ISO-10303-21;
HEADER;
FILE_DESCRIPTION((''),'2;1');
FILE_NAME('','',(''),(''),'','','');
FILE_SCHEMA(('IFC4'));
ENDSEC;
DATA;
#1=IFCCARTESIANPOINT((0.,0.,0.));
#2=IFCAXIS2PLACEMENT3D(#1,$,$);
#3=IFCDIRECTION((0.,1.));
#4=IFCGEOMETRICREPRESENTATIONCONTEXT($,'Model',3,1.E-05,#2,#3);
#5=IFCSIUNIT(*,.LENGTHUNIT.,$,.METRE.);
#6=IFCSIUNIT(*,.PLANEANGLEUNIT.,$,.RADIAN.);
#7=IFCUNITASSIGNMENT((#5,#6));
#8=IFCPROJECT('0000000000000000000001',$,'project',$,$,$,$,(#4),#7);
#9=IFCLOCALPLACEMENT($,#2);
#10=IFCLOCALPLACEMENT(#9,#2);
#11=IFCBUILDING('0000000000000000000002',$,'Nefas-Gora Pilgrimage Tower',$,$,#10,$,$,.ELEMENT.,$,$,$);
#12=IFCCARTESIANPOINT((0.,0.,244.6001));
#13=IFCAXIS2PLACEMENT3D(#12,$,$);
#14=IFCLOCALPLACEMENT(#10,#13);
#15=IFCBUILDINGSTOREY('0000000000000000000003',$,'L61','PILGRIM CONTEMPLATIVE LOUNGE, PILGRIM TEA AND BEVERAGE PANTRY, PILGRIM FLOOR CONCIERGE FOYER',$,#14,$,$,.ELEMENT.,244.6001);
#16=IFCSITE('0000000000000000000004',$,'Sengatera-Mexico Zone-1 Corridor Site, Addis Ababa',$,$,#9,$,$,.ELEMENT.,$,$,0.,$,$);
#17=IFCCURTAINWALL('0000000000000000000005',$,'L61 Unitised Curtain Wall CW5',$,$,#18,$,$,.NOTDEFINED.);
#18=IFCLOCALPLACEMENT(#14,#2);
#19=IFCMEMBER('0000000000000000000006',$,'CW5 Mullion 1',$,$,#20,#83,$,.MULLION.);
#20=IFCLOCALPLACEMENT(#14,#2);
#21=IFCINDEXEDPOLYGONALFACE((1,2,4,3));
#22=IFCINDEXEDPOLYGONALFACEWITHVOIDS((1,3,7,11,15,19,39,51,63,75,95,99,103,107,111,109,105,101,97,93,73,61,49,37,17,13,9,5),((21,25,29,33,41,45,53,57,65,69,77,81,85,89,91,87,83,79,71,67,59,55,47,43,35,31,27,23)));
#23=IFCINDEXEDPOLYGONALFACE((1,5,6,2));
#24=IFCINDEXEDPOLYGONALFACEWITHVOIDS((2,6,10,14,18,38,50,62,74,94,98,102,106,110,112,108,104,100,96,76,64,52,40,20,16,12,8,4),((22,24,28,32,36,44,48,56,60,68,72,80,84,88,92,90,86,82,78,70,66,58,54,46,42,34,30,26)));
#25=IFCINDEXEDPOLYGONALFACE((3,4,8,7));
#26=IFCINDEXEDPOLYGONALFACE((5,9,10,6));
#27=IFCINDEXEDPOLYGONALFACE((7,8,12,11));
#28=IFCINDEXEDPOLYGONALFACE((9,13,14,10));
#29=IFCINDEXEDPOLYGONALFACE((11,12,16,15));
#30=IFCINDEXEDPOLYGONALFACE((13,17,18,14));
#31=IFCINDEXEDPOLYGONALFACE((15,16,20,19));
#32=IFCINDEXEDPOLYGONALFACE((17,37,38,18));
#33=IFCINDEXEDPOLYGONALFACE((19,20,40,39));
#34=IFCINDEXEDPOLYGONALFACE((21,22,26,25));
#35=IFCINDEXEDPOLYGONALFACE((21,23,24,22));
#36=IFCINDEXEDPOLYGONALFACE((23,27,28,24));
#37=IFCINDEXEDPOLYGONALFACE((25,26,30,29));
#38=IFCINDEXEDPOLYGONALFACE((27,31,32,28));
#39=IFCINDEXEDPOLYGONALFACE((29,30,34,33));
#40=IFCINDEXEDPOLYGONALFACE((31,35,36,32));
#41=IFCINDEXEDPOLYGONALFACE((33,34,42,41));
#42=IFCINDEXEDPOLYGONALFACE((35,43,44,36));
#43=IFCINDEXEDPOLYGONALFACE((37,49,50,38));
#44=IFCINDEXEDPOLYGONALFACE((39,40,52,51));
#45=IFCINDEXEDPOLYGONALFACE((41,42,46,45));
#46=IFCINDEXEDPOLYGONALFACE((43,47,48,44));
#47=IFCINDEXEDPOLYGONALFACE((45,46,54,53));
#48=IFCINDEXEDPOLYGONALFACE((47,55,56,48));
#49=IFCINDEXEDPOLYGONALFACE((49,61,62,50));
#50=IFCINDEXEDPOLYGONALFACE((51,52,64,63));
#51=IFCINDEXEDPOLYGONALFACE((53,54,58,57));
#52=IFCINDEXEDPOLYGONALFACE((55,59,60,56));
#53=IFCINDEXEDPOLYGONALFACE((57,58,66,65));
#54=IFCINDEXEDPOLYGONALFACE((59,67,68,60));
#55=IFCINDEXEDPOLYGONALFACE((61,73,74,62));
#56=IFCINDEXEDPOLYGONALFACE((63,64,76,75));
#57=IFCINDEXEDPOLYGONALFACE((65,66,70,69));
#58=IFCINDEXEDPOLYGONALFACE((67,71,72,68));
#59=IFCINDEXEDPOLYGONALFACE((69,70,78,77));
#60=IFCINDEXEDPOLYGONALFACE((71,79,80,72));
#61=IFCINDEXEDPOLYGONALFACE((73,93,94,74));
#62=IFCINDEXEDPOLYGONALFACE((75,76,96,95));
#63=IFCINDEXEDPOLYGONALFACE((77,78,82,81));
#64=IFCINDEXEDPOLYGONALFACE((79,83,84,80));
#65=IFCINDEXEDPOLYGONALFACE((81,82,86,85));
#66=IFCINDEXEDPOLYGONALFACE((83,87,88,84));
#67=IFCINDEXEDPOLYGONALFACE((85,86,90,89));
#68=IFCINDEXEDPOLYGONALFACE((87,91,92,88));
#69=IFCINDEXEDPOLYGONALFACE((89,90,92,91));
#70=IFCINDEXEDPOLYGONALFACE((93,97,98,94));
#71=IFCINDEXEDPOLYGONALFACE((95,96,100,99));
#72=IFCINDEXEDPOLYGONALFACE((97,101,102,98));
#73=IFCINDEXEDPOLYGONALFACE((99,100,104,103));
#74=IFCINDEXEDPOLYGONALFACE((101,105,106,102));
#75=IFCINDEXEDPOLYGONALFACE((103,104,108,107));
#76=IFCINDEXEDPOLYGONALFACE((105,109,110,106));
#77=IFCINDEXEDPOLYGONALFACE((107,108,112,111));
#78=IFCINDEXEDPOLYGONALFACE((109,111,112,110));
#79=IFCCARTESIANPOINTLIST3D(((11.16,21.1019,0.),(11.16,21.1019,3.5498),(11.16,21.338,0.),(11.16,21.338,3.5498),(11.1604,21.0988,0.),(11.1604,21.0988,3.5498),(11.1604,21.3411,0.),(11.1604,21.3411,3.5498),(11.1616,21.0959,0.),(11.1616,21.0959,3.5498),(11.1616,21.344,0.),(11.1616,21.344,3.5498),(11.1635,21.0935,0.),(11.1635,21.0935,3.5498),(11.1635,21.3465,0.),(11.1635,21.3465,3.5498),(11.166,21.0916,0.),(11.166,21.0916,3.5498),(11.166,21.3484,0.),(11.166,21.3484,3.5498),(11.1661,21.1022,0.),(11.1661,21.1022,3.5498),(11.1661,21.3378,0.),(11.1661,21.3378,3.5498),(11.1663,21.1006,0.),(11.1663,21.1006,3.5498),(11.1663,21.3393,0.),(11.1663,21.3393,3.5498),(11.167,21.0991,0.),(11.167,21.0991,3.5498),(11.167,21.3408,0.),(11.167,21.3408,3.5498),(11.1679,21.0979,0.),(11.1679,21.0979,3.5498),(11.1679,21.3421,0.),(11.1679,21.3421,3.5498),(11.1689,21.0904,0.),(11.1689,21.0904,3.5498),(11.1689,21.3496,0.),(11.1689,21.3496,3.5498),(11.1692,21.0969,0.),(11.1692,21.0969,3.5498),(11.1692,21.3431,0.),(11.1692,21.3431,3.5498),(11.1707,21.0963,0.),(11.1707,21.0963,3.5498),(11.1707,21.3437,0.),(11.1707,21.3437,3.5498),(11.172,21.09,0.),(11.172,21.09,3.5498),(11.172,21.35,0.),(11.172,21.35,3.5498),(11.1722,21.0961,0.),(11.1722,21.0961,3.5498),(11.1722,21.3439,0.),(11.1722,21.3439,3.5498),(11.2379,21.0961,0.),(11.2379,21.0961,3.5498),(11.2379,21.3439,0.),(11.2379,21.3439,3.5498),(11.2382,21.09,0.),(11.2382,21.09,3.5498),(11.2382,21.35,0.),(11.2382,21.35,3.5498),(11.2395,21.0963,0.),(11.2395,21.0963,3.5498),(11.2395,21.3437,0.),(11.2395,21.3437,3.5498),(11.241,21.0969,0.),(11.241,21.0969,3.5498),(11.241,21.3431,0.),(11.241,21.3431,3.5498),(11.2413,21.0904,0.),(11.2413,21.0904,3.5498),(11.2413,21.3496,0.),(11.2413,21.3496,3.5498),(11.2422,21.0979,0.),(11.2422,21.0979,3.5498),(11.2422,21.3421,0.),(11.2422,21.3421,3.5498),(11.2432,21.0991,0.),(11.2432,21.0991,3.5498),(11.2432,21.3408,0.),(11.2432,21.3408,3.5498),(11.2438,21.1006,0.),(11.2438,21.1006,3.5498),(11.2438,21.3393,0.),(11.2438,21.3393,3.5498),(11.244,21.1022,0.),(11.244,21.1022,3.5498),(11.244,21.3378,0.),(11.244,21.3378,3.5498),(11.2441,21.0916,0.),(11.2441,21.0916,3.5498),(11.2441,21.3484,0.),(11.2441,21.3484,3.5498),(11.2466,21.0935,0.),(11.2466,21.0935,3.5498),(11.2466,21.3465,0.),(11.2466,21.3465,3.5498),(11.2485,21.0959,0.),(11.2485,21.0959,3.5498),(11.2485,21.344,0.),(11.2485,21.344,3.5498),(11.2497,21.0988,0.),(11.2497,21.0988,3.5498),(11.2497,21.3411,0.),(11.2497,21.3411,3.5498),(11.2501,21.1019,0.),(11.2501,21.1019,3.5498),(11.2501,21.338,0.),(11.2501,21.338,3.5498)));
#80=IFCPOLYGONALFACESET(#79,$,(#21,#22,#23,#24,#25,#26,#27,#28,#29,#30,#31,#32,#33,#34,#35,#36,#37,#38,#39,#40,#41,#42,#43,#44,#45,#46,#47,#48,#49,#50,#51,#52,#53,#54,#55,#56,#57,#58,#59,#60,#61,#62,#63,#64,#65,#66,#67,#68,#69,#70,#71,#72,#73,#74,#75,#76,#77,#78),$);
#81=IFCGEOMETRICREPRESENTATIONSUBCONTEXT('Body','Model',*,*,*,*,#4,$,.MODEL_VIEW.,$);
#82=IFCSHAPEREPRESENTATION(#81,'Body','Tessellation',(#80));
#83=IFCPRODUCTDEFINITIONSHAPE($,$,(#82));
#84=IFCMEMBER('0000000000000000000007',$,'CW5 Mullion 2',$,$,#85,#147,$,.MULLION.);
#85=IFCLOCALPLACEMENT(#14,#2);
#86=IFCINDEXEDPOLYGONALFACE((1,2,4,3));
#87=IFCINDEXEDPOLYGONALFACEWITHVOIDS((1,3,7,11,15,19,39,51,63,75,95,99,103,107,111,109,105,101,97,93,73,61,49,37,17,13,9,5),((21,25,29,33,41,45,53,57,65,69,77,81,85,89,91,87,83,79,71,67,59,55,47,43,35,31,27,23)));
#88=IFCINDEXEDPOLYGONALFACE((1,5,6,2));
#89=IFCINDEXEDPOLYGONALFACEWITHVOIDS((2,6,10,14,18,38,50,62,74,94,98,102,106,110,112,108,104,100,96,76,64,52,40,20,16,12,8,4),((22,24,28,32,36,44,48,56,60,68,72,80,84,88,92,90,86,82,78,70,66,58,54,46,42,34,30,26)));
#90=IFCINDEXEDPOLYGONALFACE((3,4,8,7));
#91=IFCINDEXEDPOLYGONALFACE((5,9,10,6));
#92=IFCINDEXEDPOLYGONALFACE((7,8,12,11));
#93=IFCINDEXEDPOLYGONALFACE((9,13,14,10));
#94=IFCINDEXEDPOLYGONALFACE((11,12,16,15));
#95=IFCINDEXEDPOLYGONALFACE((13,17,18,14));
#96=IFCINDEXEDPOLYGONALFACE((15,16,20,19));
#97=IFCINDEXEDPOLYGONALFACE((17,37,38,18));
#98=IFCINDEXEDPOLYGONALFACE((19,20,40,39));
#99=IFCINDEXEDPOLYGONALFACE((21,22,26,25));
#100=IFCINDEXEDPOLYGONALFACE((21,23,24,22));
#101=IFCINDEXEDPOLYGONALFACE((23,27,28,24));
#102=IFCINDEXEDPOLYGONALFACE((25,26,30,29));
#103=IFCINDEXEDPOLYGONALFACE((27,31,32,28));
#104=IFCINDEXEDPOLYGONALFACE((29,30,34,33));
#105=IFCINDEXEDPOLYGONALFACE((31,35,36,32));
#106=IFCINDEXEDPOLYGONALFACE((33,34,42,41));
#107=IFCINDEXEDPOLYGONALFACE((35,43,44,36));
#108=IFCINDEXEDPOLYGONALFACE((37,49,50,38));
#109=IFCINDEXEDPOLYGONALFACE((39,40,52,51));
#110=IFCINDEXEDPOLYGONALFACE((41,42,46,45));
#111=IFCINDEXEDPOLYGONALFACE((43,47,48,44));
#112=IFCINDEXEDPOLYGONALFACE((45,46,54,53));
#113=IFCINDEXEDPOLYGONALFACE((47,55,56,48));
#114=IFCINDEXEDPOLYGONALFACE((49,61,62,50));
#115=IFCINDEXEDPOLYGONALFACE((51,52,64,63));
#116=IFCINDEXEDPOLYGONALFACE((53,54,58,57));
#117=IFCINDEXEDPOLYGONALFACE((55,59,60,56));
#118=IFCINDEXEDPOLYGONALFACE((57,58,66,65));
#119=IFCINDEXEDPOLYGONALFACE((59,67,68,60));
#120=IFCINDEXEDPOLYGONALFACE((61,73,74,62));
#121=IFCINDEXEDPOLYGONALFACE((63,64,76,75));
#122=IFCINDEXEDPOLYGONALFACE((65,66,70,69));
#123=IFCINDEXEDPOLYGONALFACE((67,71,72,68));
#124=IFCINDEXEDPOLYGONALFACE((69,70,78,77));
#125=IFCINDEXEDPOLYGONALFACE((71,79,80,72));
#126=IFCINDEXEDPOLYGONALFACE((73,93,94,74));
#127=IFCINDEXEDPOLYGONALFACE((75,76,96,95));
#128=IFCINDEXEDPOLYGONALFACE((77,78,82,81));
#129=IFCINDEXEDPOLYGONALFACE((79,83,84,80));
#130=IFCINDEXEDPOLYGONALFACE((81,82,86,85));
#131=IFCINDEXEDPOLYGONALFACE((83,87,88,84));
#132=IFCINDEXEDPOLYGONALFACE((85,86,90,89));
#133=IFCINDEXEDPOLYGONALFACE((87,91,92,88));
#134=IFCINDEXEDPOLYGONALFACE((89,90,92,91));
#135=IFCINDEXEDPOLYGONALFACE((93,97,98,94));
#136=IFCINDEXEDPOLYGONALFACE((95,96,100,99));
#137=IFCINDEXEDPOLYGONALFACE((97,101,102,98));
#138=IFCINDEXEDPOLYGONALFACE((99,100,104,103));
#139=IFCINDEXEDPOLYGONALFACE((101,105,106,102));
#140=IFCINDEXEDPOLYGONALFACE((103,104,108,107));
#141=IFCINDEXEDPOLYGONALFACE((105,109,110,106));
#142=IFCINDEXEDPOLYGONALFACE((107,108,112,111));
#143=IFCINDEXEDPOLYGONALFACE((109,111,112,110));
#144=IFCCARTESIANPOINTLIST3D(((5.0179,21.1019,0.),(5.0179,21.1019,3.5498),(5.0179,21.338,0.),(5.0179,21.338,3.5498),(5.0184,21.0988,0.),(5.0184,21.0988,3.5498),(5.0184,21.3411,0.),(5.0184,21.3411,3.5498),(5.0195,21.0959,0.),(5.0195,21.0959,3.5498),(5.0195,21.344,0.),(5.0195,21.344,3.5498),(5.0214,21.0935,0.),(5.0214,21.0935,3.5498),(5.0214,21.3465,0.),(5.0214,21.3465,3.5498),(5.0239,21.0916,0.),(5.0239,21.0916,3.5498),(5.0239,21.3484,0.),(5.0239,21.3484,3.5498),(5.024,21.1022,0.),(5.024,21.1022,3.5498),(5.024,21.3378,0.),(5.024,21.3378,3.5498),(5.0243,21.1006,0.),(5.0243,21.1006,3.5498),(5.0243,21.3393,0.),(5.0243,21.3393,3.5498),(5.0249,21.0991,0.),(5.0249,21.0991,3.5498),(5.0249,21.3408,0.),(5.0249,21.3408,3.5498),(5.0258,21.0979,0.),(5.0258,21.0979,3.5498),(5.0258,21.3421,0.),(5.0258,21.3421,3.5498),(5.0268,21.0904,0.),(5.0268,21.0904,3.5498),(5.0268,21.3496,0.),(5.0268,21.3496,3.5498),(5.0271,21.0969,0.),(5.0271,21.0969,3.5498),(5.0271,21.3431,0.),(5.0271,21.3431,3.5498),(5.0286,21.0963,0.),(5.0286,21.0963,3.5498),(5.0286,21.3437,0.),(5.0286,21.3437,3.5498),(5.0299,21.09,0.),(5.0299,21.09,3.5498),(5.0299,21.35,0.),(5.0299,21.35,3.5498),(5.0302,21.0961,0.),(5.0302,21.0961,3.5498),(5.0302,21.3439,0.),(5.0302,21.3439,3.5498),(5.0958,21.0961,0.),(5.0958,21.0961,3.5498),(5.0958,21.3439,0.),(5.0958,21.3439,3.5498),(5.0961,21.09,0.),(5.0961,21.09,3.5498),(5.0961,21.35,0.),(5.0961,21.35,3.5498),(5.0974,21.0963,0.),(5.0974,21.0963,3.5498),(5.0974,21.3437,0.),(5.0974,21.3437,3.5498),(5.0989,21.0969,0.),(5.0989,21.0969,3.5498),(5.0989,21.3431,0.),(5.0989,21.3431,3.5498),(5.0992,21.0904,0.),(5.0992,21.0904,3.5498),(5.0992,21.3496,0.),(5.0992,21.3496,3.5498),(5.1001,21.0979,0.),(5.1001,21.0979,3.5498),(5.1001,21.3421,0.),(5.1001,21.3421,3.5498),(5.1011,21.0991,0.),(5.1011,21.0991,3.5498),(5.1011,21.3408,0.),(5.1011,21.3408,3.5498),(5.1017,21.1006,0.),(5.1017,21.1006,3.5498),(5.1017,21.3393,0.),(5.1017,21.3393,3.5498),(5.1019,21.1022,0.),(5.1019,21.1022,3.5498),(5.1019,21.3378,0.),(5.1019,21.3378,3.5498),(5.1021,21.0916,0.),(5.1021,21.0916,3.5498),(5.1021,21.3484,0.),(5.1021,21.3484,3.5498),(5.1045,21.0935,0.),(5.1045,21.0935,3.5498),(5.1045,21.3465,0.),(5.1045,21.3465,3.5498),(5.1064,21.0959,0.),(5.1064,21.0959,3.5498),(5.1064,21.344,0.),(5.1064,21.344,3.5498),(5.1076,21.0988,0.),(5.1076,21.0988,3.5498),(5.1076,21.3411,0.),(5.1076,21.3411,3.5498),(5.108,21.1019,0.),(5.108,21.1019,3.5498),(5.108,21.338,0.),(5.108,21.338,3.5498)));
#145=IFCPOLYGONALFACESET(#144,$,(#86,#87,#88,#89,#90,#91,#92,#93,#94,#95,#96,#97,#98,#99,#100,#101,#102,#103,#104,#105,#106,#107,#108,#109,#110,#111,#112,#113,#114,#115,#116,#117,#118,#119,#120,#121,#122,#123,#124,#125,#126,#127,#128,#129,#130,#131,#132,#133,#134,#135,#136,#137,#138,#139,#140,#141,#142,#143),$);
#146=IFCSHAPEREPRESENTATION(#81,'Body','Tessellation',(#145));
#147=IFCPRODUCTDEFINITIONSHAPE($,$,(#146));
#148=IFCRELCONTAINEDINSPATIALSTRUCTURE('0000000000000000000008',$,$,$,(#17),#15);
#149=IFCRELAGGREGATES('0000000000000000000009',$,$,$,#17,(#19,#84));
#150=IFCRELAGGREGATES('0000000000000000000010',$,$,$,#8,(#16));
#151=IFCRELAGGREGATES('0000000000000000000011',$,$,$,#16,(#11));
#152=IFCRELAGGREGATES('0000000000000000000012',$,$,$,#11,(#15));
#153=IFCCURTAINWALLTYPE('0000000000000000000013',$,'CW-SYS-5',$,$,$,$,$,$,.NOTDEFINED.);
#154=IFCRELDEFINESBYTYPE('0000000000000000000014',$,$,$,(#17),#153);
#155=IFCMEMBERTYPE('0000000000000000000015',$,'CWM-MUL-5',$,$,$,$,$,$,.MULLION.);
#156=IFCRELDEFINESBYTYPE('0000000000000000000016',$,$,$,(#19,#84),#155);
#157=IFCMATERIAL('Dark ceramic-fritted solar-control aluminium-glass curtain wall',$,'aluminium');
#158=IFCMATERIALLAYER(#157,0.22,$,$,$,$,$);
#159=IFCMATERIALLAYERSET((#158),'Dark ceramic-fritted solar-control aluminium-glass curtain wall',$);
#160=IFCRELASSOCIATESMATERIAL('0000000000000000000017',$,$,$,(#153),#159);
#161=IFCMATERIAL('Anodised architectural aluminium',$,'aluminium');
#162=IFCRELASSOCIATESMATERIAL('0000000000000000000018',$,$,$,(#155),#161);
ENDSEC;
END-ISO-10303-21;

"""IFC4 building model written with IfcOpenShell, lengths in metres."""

from ifc_helpers import new_model, si_unit, direction, frame, origin, origin_2d, place, context, subcontext, project, spatial, hollow_rectangle, extrude, source, transform, mapped, material, layer, layer_set, material_profile, profile_set, type_object, element, aggregate, save


model = new_model("IFC4")

# Units and contexts
model_context = context("Model", 3, precision=1e-05, world=origin(), true_north=direction((0.0, 1.0)))
body_context = subcontext(model_context, "Body", "Model", "MODEL_VIEW")
ifc_project = project(units=[si_unit("LENGTHUNIT", "METRE"), si_unit("PLANEANGLEUNIT", "RADIAN")], contexts=[model_context])

# Site, building, storey
site_placement = place(None, origin())
site = spatial("IfcSite", under=ifc_project, at=site_placement, Name="Sengatera-Mexico Zone-1 Corridor Site, Addis Ababa", CompositionType="ELEMENT", RefElevation=0.0)
building_placement = place(site_placement, origin())
building = spatial("IfcBuilding", under=site, at=building_placement, Name="Nefas-Gora Pilgrimage Tower", CompositionType="ELEMENT")
storey_placement = place(building_placement, frame((0.0, 0.0, 244.6001)))
storey = spatial("IfcBuildingStorey", under=building, at=storey_placement, Name="L61", Description="PILGRIM CONTEMPLATIVE LOUNGE, PILGRIM TEA AND BEVERAGE PANTRY, PILGRIM FLOOR CONCIERGE FOYER", CompositionType="ELEMENT", Elevation=244.6001)

# Curtain wall
ifc_material_1 = material(Name="Dark ceramic-fritted solar-control aluminium-glass curtain wall", Category="aluminium")
ifc_layer_1 = layer(ifc_material_1, 0.22)
ifc_layer_set_1 = layer_set([ifc_layer_1], Name="Dark ceramic-fritted solar-control aluminium-glass curtain wall")
curtain_wall_type_1 = type_object("IfcCurtainWallType", Name="CW-SYS-5", PredefinedType="NOTDEFINED", material=ifc_layer_set_1)
curtain_wall_1_placement = place(storey_placement, origin())
curtain_wall_1 = element("IfcCurtainWall", 1, at=curtain_wall_1_placement, inside=storey, type_object=curtain_wall_type_1, Name="L61 Unitised Curtain Wall CW5", PredefinedType="NOTDEFINED")
ifc_material_2 = material(Name="Anodised architectural aluminium", Category="aluminium")

# Members
ifc_material_profile_1 = material_profile(ifc_material_2, hollow_rectangle(XDim=0.0901, YDim=0.26, WallThickness=0.0061, InnerFilletRadius=0.0061, OuterFilletRadius=0.012, at=origin_2d()), Name="ALU MULLION 90x260")
ifc_profile_set_1 = profile_set([ifc_material_profile_1], Name="Anodised architectural aluminium")
member_type_1 = type_object("IfcMemberType", Name="CWM-MUL-5", PredefinedType="MULLION", material=ifc_profile_set_1)
shared_shape_1 = source(origin(), body_context, "Body", "SweptSolid", [
    extrude(hollow_rectangle(XDim=0.0901, YDim=0.26, WallThickness=0.0061, InnerFilletRadius=0.0061, OuterFilletRadius=0.012, at=origin_2d()), origin(), (0.0, 0.0, 1.0), 3.5498),
])
member_1_placement = place(storey_placement, frame((11.2051, 21.22, 0.0), z_axis=(0.0, 0.0, 1.0), x_axis=(-1.0, 0.0, 0.0)))
member_1 = element("IfcMember", 2, at=member_1_placement, type_object=member_type_1, Name="CW5 Mullion 1", PredefinedType="MULLION", context=body_context, shape_type="MappedRepresentation", body=[
    mapped(shared_shape_1, transform((0.0, 0.0, 0.0), x_axis=(1.0, 0.0, 0.0), y_axis=(0.0, 1.0, 0.0), z_axis=(0.0, 0.0, 1.0), scale=1.0)),
])
member_2_placement = place(storey_placement, frame((5.063, 21.22, 0.0), z_axis=(0.0, 0.0, 1.0), x_axis=(-1.0, 0.0, 0.0)))
member_2 = element("IfcMember", 3, at=member_2_placement, type_object=member_type_1, Name="CW5 Mullion 2", PredefinedType="MULLION", context=body_context, shape_type="MappedRepresentation", body=[
    mapped(shared_shape_1, transform((0.0, 0.0, 0.0), x_axis=(1.0, 0.0, 0.0), y_axis=(0.0, 1.0, 0.0), z_axis=(0.0, 0.0, 1.0), scale=1.0)),
])

aggregate(curtain_wall_1, [member_1, member_2])

save(model, "model.ifc")
